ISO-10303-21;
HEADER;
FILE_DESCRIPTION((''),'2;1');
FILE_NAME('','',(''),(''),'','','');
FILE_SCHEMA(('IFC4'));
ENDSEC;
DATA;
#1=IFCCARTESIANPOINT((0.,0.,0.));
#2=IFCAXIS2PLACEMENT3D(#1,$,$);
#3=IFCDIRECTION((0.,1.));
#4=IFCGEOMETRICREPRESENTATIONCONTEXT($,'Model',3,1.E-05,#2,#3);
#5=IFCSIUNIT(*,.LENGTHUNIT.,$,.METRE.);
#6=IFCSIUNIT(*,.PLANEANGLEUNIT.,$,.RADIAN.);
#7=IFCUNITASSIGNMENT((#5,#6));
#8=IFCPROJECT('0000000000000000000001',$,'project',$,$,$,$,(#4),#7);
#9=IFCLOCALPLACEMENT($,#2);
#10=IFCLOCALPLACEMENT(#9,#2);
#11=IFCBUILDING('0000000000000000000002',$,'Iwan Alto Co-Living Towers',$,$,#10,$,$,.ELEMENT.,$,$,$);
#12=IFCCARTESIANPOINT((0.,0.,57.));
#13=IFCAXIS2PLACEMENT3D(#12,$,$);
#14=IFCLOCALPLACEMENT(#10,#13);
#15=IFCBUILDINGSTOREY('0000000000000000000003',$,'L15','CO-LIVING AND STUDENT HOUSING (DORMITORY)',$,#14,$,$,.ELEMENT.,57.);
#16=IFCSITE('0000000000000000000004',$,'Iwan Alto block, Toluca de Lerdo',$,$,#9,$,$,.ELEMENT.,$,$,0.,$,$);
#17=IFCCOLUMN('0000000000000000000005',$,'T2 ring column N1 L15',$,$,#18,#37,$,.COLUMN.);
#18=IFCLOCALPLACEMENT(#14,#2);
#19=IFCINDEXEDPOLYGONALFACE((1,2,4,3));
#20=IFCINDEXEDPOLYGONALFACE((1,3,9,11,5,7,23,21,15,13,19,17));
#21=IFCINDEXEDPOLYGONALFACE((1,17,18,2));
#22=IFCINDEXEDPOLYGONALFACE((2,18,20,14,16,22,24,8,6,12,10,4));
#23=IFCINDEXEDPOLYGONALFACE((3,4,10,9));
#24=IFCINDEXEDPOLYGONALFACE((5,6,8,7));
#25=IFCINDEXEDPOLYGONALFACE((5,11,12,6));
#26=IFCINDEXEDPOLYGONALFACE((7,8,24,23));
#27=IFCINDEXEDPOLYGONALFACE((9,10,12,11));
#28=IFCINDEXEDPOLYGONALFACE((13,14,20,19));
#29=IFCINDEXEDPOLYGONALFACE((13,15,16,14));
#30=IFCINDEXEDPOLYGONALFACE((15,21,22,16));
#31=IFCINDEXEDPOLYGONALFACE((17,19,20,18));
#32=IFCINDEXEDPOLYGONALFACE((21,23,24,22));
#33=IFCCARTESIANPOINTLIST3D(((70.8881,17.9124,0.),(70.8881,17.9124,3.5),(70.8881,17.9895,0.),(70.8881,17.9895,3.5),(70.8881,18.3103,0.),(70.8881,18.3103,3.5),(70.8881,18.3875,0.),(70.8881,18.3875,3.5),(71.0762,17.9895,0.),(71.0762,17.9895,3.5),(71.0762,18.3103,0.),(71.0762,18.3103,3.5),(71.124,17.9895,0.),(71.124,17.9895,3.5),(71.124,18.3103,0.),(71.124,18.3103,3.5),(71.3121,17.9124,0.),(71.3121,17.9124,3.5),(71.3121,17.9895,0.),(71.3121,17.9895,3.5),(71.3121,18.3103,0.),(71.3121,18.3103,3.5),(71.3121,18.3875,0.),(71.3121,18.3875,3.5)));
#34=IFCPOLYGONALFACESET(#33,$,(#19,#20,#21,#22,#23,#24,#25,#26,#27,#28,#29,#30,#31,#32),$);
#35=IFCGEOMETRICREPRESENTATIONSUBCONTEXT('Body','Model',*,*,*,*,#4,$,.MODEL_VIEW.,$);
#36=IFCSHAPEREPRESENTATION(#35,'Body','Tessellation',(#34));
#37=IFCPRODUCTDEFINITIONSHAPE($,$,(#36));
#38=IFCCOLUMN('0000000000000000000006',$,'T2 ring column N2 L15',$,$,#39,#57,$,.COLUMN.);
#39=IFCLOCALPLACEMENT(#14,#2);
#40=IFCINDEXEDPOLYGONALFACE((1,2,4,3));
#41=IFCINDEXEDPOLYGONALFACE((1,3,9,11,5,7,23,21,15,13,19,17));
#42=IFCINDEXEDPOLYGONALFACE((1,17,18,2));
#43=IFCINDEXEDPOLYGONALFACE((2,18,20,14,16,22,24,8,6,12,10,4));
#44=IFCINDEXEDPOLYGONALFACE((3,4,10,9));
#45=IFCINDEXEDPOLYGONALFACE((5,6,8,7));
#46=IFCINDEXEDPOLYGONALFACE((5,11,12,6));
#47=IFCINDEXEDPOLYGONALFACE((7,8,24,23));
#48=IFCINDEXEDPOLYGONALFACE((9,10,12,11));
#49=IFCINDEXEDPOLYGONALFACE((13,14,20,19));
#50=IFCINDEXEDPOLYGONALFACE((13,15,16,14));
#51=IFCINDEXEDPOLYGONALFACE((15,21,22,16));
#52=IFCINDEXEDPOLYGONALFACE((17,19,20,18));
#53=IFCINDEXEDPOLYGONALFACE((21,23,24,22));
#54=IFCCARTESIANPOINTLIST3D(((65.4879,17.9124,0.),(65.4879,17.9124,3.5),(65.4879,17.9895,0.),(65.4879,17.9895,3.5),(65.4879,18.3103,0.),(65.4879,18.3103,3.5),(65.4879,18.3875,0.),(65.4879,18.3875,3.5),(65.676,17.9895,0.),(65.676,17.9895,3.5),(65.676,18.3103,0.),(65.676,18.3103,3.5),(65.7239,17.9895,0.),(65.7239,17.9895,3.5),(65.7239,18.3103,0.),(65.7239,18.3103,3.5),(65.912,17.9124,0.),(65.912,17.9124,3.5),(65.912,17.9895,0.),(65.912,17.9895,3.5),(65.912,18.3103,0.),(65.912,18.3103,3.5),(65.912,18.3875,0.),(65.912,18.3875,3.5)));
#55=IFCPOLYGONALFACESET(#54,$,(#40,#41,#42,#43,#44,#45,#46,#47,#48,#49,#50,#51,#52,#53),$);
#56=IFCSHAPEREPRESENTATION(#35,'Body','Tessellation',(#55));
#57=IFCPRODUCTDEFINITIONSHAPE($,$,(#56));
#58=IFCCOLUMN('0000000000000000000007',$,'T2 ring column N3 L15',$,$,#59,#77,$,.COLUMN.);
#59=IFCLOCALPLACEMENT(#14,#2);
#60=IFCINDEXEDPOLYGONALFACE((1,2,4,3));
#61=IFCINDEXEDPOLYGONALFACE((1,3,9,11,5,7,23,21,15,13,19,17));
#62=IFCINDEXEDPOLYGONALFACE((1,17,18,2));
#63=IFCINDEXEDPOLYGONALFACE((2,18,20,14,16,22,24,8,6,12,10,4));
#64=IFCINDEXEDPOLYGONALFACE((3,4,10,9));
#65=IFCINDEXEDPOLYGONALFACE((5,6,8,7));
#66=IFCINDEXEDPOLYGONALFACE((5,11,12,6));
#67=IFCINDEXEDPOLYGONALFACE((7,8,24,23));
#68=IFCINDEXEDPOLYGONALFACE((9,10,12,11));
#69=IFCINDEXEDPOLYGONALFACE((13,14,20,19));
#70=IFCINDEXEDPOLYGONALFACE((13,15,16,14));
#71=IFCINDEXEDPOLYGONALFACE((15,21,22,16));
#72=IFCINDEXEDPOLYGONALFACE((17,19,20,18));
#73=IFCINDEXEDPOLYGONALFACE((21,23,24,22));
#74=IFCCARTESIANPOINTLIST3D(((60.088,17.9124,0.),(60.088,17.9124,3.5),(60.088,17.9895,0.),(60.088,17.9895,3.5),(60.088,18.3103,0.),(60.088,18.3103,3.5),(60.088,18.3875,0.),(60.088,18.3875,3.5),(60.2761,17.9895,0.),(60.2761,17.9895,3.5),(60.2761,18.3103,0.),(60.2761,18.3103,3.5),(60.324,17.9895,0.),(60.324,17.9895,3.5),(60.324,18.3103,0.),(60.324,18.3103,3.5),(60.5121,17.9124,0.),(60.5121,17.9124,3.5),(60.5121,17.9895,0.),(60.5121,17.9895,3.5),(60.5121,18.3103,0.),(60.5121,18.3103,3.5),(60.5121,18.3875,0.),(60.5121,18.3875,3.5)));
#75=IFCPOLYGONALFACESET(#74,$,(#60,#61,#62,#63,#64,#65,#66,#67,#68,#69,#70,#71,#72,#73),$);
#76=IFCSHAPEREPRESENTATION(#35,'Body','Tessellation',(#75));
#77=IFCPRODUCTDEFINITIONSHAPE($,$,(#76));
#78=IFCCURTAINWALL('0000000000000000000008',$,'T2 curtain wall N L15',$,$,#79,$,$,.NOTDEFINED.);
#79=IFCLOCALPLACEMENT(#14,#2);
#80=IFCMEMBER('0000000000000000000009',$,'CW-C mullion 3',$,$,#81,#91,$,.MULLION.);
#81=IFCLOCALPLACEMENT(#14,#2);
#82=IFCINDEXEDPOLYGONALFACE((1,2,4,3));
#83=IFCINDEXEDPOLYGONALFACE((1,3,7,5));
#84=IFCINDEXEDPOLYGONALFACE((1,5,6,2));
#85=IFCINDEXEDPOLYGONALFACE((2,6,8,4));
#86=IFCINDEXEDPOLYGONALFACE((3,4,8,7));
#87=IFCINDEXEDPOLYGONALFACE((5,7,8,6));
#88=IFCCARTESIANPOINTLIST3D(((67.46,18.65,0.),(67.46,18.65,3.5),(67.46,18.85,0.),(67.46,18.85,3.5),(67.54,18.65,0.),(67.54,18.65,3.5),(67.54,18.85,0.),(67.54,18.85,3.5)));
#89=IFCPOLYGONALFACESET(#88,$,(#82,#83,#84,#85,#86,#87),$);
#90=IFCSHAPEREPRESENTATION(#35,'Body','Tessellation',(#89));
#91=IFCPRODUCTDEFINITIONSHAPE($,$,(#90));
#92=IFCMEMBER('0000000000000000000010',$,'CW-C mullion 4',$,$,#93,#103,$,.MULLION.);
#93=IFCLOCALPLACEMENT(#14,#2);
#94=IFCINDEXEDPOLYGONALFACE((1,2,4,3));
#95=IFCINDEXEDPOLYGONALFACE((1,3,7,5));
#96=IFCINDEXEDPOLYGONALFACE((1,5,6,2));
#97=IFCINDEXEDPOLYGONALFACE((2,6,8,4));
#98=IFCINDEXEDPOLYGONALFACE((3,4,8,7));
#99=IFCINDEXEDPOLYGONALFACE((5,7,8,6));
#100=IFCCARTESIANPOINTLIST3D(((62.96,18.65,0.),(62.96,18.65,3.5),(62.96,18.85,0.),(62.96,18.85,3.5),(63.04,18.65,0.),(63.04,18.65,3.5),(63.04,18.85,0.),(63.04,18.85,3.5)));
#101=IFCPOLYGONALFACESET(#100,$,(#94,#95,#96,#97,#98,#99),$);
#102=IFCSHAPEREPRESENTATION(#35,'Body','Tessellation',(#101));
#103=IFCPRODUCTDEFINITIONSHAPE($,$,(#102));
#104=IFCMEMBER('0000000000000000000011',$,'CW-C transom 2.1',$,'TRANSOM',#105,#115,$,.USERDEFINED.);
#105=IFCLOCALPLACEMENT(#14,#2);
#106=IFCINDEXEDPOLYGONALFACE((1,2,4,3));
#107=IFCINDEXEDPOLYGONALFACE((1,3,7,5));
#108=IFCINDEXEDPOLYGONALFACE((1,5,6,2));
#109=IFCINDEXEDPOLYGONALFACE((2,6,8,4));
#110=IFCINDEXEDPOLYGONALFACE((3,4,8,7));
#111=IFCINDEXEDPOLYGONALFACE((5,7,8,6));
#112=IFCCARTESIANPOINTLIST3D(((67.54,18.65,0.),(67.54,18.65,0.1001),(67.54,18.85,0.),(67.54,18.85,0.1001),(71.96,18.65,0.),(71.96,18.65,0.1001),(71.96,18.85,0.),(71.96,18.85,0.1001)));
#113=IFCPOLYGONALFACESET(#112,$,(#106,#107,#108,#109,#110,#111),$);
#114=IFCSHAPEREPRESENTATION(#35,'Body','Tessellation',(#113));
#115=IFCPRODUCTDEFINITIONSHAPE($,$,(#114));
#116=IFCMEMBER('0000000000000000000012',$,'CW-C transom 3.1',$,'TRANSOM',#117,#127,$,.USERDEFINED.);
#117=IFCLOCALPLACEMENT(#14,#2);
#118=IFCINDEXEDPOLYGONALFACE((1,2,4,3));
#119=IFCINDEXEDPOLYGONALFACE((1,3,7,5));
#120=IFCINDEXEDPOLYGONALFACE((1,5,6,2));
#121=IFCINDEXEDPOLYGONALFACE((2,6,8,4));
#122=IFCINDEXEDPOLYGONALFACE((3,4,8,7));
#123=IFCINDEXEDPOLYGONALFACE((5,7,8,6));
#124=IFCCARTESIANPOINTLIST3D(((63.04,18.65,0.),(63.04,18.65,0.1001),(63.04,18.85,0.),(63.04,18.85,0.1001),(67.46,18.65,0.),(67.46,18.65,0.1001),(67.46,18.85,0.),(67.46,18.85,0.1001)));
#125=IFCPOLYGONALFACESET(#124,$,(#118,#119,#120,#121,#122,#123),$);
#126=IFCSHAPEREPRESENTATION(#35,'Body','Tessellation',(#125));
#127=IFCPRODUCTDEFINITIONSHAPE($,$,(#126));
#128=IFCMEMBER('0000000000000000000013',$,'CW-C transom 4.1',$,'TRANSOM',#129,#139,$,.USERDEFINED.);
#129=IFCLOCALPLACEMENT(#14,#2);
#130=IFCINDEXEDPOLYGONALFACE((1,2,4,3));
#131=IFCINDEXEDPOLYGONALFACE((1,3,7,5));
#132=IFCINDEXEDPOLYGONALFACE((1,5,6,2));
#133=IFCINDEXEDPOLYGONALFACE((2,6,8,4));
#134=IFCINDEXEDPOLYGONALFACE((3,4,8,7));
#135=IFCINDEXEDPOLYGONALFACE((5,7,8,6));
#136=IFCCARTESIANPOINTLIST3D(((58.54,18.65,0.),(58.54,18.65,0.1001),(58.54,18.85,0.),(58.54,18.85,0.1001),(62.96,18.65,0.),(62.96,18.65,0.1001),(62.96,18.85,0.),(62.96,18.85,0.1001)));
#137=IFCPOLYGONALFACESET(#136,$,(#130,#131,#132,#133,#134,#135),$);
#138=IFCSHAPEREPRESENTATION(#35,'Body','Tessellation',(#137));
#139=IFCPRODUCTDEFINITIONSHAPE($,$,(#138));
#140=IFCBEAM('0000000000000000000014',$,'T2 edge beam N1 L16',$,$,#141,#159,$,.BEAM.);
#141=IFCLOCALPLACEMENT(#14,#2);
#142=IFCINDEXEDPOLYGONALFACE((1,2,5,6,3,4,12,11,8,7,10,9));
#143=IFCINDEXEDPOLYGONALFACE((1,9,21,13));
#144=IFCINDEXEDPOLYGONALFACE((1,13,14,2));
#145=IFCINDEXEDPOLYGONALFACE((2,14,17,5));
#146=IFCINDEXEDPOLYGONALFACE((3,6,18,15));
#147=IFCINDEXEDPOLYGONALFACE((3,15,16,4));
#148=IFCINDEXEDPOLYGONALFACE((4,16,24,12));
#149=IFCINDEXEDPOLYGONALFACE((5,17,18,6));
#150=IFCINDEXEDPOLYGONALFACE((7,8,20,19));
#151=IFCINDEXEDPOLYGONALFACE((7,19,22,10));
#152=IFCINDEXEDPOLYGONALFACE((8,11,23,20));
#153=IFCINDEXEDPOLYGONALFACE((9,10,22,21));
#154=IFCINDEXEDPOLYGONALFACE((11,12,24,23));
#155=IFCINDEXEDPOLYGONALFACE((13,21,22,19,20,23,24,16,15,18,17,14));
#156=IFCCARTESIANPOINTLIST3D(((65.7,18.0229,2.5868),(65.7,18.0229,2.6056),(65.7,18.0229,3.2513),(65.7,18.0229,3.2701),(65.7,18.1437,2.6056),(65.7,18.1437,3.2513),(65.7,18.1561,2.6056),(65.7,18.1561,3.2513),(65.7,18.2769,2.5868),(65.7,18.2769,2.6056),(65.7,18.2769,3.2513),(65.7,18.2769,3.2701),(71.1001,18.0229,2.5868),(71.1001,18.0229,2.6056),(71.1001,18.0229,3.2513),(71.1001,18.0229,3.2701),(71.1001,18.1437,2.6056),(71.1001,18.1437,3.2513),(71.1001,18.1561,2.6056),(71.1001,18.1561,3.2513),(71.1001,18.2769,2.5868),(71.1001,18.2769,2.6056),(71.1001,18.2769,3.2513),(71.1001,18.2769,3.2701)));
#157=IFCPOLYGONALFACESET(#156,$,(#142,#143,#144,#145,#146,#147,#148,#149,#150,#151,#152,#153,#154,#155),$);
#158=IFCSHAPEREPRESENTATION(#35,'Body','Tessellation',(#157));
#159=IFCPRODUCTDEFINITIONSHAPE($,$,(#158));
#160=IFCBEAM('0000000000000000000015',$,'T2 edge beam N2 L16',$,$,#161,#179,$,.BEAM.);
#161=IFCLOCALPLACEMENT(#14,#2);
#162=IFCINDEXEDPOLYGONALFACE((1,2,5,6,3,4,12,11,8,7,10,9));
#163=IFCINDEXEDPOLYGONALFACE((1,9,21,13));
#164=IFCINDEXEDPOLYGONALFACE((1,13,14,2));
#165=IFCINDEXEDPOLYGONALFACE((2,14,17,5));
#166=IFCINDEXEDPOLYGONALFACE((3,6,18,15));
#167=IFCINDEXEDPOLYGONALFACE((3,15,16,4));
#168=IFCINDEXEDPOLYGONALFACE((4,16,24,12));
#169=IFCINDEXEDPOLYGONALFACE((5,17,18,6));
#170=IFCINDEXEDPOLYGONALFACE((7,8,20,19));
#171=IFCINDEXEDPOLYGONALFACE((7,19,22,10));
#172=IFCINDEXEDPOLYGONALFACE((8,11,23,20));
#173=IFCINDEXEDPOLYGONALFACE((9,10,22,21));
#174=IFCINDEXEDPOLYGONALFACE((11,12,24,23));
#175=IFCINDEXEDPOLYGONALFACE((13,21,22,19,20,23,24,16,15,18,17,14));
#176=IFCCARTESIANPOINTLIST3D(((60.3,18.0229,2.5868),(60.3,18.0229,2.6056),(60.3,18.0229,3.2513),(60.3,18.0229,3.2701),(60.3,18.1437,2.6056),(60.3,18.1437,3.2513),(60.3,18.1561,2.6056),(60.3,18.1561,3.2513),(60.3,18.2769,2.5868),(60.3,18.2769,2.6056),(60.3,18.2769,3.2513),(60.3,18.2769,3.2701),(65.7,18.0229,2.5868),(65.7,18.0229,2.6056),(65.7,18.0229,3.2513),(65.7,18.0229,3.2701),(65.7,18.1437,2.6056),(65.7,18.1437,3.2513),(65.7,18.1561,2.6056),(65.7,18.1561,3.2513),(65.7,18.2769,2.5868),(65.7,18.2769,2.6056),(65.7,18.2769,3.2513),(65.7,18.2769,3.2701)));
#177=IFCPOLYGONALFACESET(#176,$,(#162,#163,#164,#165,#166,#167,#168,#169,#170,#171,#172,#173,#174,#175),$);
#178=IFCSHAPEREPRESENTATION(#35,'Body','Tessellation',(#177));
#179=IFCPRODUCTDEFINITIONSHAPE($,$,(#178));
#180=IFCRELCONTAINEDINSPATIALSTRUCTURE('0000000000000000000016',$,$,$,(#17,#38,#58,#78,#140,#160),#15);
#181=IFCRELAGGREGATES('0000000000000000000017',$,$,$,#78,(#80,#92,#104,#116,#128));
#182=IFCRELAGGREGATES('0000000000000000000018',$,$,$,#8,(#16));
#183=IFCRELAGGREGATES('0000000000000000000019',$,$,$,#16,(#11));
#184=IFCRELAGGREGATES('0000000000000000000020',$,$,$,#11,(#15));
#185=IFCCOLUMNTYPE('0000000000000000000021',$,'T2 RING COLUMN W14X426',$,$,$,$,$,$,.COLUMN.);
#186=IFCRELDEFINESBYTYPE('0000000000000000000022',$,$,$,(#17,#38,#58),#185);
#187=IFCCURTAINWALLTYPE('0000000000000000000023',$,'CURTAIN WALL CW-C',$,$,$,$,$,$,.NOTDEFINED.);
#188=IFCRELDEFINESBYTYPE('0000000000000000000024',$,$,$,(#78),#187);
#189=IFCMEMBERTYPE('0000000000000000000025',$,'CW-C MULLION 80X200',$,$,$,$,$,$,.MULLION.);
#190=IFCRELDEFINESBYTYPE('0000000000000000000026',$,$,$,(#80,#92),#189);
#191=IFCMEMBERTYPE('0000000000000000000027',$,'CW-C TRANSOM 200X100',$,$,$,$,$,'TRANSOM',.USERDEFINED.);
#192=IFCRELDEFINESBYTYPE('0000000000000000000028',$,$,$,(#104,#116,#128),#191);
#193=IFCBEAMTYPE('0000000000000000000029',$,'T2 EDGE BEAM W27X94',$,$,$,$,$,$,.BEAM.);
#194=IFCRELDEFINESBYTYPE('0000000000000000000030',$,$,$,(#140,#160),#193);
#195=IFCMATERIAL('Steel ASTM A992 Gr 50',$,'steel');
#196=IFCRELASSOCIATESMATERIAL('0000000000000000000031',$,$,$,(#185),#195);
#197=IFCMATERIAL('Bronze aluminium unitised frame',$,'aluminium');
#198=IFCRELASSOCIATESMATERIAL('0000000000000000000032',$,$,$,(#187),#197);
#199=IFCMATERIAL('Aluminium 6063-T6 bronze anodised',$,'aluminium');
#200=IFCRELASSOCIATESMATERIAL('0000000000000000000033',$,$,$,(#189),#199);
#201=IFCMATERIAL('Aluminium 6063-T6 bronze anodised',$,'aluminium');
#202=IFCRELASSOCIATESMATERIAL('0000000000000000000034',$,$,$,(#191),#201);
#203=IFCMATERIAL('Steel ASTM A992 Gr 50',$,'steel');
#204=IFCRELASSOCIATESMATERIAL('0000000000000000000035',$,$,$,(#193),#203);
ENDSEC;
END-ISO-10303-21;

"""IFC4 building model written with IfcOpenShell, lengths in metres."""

from ifc_helpers import new_model, si_unit, direction, frame, origin, origin_2d, place, context, subcontext, project, spatial, rectangle, i_section, extrude, material, material_profile, profile_set, type_object, element, aggregate, save


model = new_model("IFC4")

# Units and contexts
model_context = context("Model", 3, precision=1e-05, world=origin(), true_north=direction((0.0, 1.0)))
body_context = subcontext(model_context, "Body", "Model", "MODEL_VIEW")
ifc_project = project(units=[si_unit("LENGTHUNIT", "METRE"), si_unit("PLANEANGLEUNIT", "RADIAN")], contexts=[model_context])

# Site, building, storey
site_placement = place(None, origin())
site = spatial("IfcSite", under=ifc_project, at=site_placement, Name="Iwan Alto block, Toluca de Lerdo", CompositionType="ELEMENT", RefElevation=0.0)
building_placement = place(site_placement, origin())
building = spatial("IfcBuilding", under=site, at=building_placement, Name="Iwan Alto Co-Living Towers", CompositionType="ELEMENT")
storey_placement = place(building_placement, frame((0.0, 0.0, 57.0)))
storey = spatial("IfcBuildingStorey", under=building, at=storey_placement, Name="L15", Description="CO-LIVING AND STUDENT HOUSING (DORMITORY)", CompositionType="ELEMENT", Elevation=57.0)

# Columns
ifc_material_1 = material(Name="Steel ASTM A992 Gr 50", Category="steel")
ifc_material_profile_1 = material_profile(ifc_material_1, i_section(OverallWidth=0.4241, OverallDepth=0.4751, WebThickness=0.0479, FlangeThickness=0.0771, at=origin_2d()), Name="W14X426")
ifc_profile_set_1 = profile_set([ifc_material_profile_1], Name="Steel ASTM A992 Gr 50")
column_type = type_object("IfcColumnType", Name="T2 RING COLUMN W14X426", PredefinedType="COLUMN", material=ifc_profile_set_1)
for number, where, z_axis, x_axis, name in (
    (1, (71.1001, 18.1499, 0.0), (0.0, 0.0, 1.0), (1.0, 0.0, 0.0), "T2 ring column N1 L15"),
    (2, (65.7, 18.1499, 0.0), (0.0, 0.0, 1.0), (1.0, 0.0, 0.0), "T2 ring column N2 L15"),
    (3, (60.3, 18.1499, 0.0), (0.0, 0.0, 1.0), (1.0, 0.0, 0.0), "T2 ring column N3 L15"),
):
    element("IfcColumn", number, at=place(storey_placement, frame(where, z_axis=z_axis, x_axis=x_axis)), inside=storey, type_object=column_type, Name=name, PredefinedType="COLUMN", context=body_context, shape_type="SweptSolid", body=[
        extrude(i_section(OverallWidth=0.4241, OverallDepth=0.4751, WebThickness=0.0479, FlangeThickness=0.0771, at=origin_2d()), origin(), (0.0, 0.0, 1.0), 3.5),
    ])

# Curtain wall, members
ifc_material_2 = material(Name="Bronze aluminium unitised frame", Category="aluminium")
curtain_wall_type = type_object("IfcCurtainWallType", Name="CURTAIN WALL CW-C", PredefinedType="NOTDEFINED", material=ifc_material_2)
curtain_wall_placement = place(storey_placement, origin())
curtain_wall = element("IfcCurtainWall", 4, at=curtain_wall_placement, inside=storey, type_object=curtain_wall_type, Name="T2 curtain wall N L15", PredefinedType="NOTDEFINED")
ifc_material_3 = material(Name="Aluminium 6063-T6 bronze anodised", Category="aluminium")
ifc_material_profile_2 = material_profile(ifc_material_3, rectangle(XDim=0.2, YDim=0.0801, at=origin_2d()), Name="AL 80X200")
ifc_profile_set_2 = profile_set([ifc_material_profile_2], Name="Aluminium 6063-T6 bronze anodised")
member_type_1 = type_object("IfcMemberType", Name="CW-C MULLION 80X200", PredefinedType="MULLION", material=ifc_profile_set_2)
member_1_placement = place(storey_placement, frame((67.5, 18.75, 0.0), z_axis=(0.0, 0.0, 1.0), x_axis=(0.0, -1.0, 0.0)))
member_1 = element("IfcMember", 5, at=member_1_placement, type_object=member_type_1, Name="CW-C mullion 3", PredefinedType="MULLION", context=body_context, shape_type="SweptSolid", body=[
    extrude(rectangle(XDim=0.2, YDim=0.0801, at=origin_2d()), origin(), (0.0, 0.0, 1.0), 3.5),
])
member_2_placement = place(storey_placement, frame((63.0, 18.75, 0.0), z_axis=(0.0, 0.0, 1.0), x_axis=(0.0, -1.0, 0.0)))
member_2 = element("IfcMember", 6, at=member_2_placement, type_object=member_type_1, Name="CW-C mullion 4", PredefinedType="MULLION", context=body_context, shape_type="SweptSolid", body=[
    extrude(rectangle(XDim=0.2, YDim=0.0801, at=origin_2d()), origin(), (0.0, 0.0, 1.0), 3.5),
])
ifc_material_4 = material(Name="Aluminium 6063-T6 bronze anodised", Category="aluminium")
ifc_material_profile_3 = material_profile(ifc_material_4, rectangle(XDim=0.2, YDim=0.1001, at=origin_2d()), Name="AL 200X100")
ifc_profile_set_3 = profile_set([ifc_material_profile_3], Name="Aluminium 6063-T6 bronze anodised")
member_type_2 = type_object("IfcMemberType", Name="CW-C TRANSOM 200X100", ElementType="TRANSOM", PredefinedType="USERDEFINED", material=ifc_profile_set_3)
member_3_placement = place(storey_placement, frame((71.96, 18.75, 0.05), z_axis=(-1.0, 0.0, 0.0), x_axis=(0.0, -1.0, 0.0)))
member_3 = element("IfcMember", 7, at=member_3_placement, type_object=member_type_2, Name="CW-C transom 2.1", ObjectType="TRANSOM", PredefinedType="USERDEFINED", context=body_context, shape_type="SweptSolid", body=[
    extrude(rectangle(XDim=0.2, YDim=0.1001, at=origin_2d()), origin(), (0.0, 0.0, 1.0), 4.4199),
])
member_4_placement = place(storey_placement, frame((67.46, 18.75, 0.05), z_axis=(-1.0, 0.0, 0.0), x_axis=(0.0, -1.0, 0.0)))
member_4 = element("IfcMember", 8, at=member_4_placement, type_object=member_type_2, Name="CW-C transom 3.1", ObjectType="TRANSOM", PredefinedType="USERDEFINED", context=body_context, shape_type="SweptSolid", body=[
    extrude(rectangle(XDim=0.2, YDim=0.1001, at=origin_2d()), origin(), (0.0, 0.0, 1.0), 4.4199),
])
member_5_placement = place(storey_placement, frame((62.96, 18.75, 0.05), z_axis=(-1.0, 0.0, 0.0), x_axis=(0.0, -1.0, 0.0)))
member_5 = element("IfcMember", 9, at=member_5_placement, type_object=member_type_2, Name="CW-C transom 4.1", ObjectType="TRANSOM", PredefinedType="USERDEFINED", context=body_context, shape_type="SweptSolid", body=[
    extrude(rectangle(XDim=0.2, YDim=0.1001, at=origin_2d()), origin(), (0.0, 0.0, 1.0), 4.4199),
])

# Beams
ifc_material_5 = material(Name="Steel ASTM A992 Gr 50", Category="steel")
ifc_material_profile_4 = material_profile(ifc_material_5, i_section(OverallWidth=0.2539, OverallDepth=0.6833, WebThickness=0.0125, FlangeThickness=0.0188, at=origin_2d()), Name="W27X94")
ifc_profile_set_4 = profile_set([ifc_material_profile_4], Name="Steel ASTM A992 Gr 50")
beam_type_1 = type_object("IfcBeamType", Name="T2 EDGE BEAM W27X94", PredefinedType="BEAM", material=ifc_profile_set_4)
beam_1_placement = place(storey_placement, frame((71.1001, 18.1499, 2.9285), z_axis=(-1.0, 0.0, 0.0), x_axis=(0.0, -1.0, 0.0)))
element("IfcBeam", 10, at=beam_1_placement, inside=storey, type_object=beam_type_1, Name="T2 edge beam N1 L16", PredefinedType="BEAM", context=body_context, shape_type="SweptSolid", body=[
    extrude(i_section(OverallWidth=0.2539, OverallDepth=0.6833, WebThickness=0.0125, FlangeThickness=0.0188, at=origin_2d()), origin(), (0.0, 0.0, 1.0), 5.4001),
])
beam_2_placement = place(storey_placement, frame((65.7, 18.1499, 2.9285), z_axis=(-1.0, 0.0, 0.0), x_axis=(0.0, -1.0, 0.0)))
element("IfcBeam", 11, at=beam_2_placement, inside=storey, type_object=beam_type_1, Name="T2 edge beam N2 L16", PredefinedType="BEAM", context=body_context, shape_type="SweptSolid", body=[
    extrude(i_section(OverallWidth=0.2539, OverallDepth=0.6833, WebThickness=0.0125, FlangeThickness=0.0188, at=origin_2d()), origin(), (0.0, 0.0, 1.0), 5.3999),
])

aggregate(curtain_wall, [member_1, member_2, member_3, member_4, member_5])

save(model, "model.ifc")
